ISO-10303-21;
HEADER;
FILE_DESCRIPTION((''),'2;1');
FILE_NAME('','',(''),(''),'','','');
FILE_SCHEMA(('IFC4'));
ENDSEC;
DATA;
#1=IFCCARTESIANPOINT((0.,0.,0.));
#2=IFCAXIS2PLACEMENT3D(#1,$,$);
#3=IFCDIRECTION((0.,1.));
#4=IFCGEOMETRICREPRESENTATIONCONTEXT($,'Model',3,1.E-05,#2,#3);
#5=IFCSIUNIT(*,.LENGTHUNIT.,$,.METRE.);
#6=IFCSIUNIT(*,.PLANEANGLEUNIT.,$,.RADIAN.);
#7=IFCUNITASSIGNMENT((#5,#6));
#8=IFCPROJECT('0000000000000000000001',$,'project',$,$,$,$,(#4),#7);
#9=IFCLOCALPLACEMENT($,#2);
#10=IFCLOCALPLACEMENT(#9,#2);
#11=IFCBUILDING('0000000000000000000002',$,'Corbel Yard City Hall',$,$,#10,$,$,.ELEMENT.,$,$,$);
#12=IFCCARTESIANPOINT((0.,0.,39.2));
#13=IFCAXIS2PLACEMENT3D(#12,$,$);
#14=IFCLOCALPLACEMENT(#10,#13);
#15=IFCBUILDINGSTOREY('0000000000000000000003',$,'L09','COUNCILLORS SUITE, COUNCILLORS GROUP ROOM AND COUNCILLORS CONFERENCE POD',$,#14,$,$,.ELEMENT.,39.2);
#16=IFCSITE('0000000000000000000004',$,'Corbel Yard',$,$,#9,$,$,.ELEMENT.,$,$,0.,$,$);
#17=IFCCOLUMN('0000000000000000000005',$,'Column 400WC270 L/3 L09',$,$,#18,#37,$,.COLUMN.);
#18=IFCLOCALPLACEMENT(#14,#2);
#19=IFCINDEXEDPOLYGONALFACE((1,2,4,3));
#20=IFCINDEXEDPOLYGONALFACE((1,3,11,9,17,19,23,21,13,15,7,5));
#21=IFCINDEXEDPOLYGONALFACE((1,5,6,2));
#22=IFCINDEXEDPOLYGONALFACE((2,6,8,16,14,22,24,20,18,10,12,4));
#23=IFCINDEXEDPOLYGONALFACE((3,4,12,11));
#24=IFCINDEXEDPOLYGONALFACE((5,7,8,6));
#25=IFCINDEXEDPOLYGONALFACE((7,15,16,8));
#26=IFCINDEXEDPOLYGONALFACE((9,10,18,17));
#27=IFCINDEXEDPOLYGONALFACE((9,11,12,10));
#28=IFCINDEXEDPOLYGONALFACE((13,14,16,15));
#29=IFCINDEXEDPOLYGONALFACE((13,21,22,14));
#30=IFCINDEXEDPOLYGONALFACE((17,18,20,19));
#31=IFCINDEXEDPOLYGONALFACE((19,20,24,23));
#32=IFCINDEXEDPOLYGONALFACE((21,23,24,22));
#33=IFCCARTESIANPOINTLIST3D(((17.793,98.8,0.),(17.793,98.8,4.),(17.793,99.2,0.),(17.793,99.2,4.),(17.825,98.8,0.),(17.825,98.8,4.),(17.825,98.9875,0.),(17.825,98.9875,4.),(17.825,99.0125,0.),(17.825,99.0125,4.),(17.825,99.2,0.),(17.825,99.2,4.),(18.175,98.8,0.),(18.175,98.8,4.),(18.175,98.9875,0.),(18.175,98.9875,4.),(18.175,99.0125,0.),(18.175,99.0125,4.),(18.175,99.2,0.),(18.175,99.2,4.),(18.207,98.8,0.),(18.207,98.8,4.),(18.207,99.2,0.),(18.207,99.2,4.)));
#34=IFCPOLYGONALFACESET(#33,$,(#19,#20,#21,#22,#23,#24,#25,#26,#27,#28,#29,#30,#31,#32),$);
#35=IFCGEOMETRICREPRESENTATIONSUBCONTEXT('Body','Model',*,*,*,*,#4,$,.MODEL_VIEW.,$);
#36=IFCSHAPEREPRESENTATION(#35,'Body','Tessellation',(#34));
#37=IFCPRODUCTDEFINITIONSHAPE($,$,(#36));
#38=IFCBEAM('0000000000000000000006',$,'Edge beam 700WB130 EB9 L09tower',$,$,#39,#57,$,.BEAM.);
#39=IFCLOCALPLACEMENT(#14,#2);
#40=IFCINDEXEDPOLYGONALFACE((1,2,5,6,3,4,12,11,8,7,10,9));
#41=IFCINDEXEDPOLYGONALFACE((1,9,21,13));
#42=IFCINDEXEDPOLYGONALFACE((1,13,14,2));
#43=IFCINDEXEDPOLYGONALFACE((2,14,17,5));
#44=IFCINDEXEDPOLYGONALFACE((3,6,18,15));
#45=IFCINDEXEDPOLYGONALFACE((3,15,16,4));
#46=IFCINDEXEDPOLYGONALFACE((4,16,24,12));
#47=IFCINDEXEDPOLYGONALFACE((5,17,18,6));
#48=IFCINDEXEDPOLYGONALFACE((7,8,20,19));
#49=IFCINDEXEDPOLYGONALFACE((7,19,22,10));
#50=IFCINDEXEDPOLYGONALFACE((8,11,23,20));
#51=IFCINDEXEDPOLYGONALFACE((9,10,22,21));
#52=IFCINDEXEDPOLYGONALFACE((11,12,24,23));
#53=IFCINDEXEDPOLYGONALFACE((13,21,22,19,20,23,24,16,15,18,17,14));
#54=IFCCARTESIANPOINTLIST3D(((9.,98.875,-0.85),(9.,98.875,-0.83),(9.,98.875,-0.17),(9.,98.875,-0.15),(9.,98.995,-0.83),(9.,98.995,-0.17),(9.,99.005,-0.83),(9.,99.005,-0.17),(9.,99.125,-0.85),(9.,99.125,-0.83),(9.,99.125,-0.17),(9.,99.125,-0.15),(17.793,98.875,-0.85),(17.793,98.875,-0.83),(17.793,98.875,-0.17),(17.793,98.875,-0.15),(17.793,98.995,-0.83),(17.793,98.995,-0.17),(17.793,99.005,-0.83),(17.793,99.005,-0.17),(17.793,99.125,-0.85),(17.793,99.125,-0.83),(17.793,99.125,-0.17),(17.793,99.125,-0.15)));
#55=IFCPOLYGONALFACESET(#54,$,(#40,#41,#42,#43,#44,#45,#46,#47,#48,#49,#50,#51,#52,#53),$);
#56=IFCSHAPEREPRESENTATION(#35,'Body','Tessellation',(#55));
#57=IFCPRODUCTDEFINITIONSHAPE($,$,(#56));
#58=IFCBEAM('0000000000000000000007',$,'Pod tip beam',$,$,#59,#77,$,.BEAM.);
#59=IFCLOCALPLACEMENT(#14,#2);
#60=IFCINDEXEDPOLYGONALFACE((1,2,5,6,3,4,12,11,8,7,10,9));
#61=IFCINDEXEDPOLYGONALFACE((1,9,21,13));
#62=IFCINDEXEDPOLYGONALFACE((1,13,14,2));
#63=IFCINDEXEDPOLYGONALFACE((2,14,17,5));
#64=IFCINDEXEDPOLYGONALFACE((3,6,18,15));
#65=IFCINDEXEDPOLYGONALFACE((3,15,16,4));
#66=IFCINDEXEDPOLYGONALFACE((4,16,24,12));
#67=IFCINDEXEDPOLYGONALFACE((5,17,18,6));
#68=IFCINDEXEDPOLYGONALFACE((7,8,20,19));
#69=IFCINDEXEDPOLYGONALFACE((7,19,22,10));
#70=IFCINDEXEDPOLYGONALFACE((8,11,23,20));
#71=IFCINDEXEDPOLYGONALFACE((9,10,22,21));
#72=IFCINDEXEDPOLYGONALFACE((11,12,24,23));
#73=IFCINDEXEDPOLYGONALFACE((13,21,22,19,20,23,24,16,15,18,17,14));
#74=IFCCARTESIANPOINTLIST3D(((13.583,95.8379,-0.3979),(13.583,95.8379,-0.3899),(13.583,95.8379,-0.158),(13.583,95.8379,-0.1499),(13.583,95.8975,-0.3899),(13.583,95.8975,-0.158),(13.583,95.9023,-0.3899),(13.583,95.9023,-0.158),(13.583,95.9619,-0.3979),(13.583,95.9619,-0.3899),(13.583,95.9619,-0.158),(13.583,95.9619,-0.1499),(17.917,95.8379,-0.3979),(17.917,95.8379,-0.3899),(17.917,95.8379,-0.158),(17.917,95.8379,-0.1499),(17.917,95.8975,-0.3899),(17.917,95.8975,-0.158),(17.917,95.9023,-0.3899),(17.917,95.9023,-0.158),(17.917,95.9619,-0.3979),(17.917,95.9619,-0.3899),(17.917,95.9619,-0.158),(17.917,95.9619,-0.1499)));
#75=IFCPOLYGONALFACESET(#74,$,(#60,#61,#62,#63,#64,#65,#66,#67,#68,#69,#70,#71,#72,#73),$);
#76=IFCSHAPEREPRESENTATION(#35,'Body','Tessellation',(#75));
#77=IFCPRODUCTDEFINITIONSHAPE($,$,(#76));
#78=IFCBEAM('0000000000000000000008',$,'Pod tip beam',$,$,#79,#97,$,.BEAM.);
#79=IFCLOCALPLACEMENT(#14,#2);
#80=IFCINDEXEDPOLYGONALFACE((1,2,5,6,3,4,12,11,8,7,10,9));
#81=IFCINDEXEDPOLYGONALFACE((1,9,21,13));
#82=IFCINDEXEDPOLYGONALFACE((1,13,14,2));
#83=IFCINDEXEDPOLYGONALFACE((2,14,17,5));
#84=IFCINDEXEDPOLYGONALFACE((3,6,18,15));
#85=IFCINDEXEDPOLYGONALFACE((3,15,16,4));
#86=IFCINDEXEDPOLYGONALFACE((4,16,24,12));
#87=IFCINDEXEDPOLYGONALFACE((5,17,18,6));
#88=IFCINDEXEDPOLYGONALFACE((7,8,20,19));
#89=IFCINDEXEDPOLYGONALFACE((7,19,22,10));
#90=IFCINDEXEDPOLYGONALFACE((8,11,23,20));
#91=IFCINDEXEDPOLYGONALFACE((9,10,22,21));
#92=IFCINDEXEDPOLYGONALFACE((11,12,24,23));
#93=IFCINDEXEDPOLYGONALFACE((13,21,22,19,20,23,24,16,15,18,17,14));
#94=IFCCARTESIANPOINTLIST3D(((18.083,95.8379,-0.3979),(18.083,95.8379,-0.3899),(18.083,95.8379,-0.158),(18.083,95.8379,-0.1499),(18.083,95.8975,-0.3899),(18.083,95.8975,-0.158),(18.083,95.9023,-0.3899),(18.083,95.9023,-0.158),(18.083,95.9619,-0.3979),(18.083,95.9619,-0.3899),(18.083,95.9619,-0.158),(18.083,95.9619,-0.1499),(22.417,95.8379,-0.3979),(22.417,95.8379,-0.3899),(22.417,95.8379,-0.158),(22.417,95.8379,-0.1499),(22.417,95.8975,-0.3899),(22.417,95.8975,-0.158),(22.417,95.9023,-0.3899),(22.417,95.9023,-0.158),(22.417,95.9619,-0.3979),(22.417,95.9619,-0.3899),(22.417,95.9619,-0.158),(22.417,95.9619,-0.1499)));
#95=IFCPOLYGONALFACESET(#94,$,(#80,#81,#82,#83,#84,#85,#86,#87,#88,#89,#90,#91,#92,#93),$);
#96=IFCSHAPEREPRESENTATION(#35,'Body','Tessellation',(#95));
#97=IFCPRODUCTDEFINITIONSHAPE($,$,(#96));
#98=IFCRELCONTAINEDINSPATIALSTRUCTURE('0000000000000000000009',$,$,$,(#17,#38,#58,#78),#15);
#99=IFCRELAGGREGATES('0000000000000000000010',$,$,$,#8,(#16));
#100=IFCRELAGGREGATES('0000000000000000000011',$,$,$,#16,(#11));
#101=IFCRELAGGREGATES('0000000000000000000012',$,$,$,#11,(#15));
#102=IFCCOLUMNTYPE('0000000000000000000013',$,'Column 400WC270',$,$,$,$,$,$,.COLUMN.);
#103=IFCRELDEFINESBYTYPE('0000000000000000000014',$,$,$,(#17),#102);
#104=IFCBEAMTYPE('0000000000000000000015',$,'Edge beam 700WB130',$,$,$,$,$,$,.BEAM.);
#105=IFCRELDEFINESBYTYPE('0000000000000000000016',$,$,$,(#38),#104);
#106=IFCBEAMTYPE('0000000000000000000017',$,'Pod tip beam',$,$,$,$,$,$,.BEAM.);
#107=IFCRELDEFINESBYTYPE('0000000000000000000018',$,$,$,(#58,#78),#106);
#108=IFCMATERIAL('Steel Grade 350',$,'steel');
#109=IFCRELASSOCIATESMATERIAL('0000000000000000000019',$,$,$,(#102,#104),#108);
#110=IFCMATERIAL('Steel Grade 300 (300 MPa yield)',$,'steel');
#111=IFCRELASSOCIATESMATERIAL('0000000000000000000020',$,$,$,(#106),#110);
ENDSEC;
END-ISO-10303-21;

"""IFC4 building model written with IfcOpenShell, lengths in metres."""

from ifc_helpers import new_model, si_unit, direction, frame, origin, origin_2d, place, context, subcontext, project, spatial, i_section, extrude, material, material_profile, profile_set, type_object, element, save


model = new_model("IFC4")

# Units and contexts
model_context = context("Model", 3, precision=1e-05, world=origin(), true_north=direction((0.0, 1.0)))
body_context = subcontext(model_context, "Body", "Model", "MODEL_VIEW")
ifc_project = project(units=[si_unit("LENGTHUNIT", "METRE"), si_unit("PLANEANGLEUNIT", "RADIAN")], contexts=[model_context])

# Site, building, storey
site_placement = place(None, origin())
site = spatial("IfcSite", under=ifc_project, at=site_placement, Name="Corbel Yard", CompositionType="ELEMENT", RefElevation=0.0)
building_placement = place(site_placement, origin())
building = spatial("IfcBuilding", under=site, at=building_placement, Name="Corbel Yard City Hall", CompositionType="ELEMENT")
storey_placement = place(building_placement, frame((0.0, 0.0, 39.2)))
storey = spatial("IfcBuildingStorey", under=building, at=storey_placement, Name="L09", Description="COUNCILLORS SUITE, COUNCILLORS GROUP ROOM AND COUNCILLORS CONFERENCE POD", CompositionType="ELEMENT", Elevation=39.2)

# Column
ifc_material_1 = material(Name="Steel Grade 350", Category="steel")
ifc_material_profile_1 = material_profile(ifc_material_1, i_section(OverallWidth=0.3999, OverallDepth=0.4141, WebThickness=0.0249, FlangeThickness=0.032, at=origin_2d()), Name="400WC270")
ifc_profile_set_1 = profile_set([ifc_material_profile_1], Name="Steel Grade 350")
column_type = type_object("IfcColumnType", Name="Column 400WC270", PredefinedType="COLUMN", material=ifc_profile_set_1)
column_placement = place(storey_placement, frame((18.0, 99.0, 0.0), z_axis=(0.0, 0.0, 1.0), x_axis=(0.0, 1.0, 0.0)))
element("IfcColumn", 1, at=column_placement, inside=storey, type_object=column_type, Name="Column 400WC270 L/3 L09", PredefinedType="COLUMN", context=body_context, shape_type="SweptSolid", body=[
    extrude(i_section(OverallWidth=0.3999, OverallDepth=0.4141, WebThickness=0.0249, FlangeThickness=0.032, at=origin_2d()), origin(), (0.0, 0.0, 1.0), 4.0),
])

# Beams
ifc_material_profile_2 = material_profile(ifc_material_1, i_section(OverallWidth=0.25, OverallDepth=0.7, WebThickness=0.01, FlangeThickness=0.02, at=origin_2d()), Name="700WB130")
ifc_profile_set_2 = profile_set([ifc_material_profile_2], Name="Steel Grade 350")
beam_type_1 = type_object("IfcBeamType", Name="Edge beam 700WB130", PredefinedType="BEAM", material=ifc_profile_set_2)
beam_placement = place(storey_placement, frame((9.0, 99.0, -0.5), z_axis=(1.0, 0.0, 0.0), x_axis=(0.0, 1.0, 0.0)))
element("IfcBeam", 2, at=beam_placement, inside=storey, type_object=beam_type_1, Name="Edge beam 700WB130 EB9 L09tower", PredefinedType="BEAM", context=body_context, shape_type="SweptSolid", body=[
    extrude(i_section(OverallWidth=0.25, OverallDepth=0.7, WebThickness=0.01, FlangeThickness=0.02, at=origin_2d()), origin(), (0.0, 0.0, 1.0), 8.793),
])
ifc_material_2 = material(Name="Steel Grade 300 (300 MPa yield)", Category="steel")
ifc_material_profile_3 = material_profile(ifc_material_2, i_section(OverallWidth=0.124, OverallDepth=0.248, WebThickness=0.0049, FlangeThickness=0.0081, at=origin_2d()), Name="250UB25.7")
ifc_profile_set_3 = profile_set([ifc_material_profile_3], Name="Steel Grade 300 (300 MPa yield)")
beam_type_2 = type_object("IfcBeamType", Name="Pod tip beam", PredefinedType="BEAM", material=ifc_profile_set_3)
for number, where, z_axis, x_axis, name in (
    (3, (13.583, 95.8999, -0.2739), (1.0, 0.0, 0.0), (0.0, 1.0, 0.0), "Pod tip beam"),
    (4, (18.083, 95.8999, -0.2739), (1.0, 0.0, 0.0), (0.0, 1.0, 0.0), "Pod tip beam"),
):
    element("IfcBeam", number, at=place(storey_placement, frame(where, z_axis=z_axis, x_axis=x_axis)), inside=storey, type_object=beam_type_2, Name=name, PredefinedType="BEAM", context=body_context, shape_type="SweptSolid", body=[
        extrude(i_section(OverallWidth=0.124, OverallDepth=0.248, WebThickness=0.0049, FlangeThickness=0.0081, at=origin_2d()), origin(), (0.0, 0.0, 1.0), 4.334),
    ])

save(model, "model.ifc")
